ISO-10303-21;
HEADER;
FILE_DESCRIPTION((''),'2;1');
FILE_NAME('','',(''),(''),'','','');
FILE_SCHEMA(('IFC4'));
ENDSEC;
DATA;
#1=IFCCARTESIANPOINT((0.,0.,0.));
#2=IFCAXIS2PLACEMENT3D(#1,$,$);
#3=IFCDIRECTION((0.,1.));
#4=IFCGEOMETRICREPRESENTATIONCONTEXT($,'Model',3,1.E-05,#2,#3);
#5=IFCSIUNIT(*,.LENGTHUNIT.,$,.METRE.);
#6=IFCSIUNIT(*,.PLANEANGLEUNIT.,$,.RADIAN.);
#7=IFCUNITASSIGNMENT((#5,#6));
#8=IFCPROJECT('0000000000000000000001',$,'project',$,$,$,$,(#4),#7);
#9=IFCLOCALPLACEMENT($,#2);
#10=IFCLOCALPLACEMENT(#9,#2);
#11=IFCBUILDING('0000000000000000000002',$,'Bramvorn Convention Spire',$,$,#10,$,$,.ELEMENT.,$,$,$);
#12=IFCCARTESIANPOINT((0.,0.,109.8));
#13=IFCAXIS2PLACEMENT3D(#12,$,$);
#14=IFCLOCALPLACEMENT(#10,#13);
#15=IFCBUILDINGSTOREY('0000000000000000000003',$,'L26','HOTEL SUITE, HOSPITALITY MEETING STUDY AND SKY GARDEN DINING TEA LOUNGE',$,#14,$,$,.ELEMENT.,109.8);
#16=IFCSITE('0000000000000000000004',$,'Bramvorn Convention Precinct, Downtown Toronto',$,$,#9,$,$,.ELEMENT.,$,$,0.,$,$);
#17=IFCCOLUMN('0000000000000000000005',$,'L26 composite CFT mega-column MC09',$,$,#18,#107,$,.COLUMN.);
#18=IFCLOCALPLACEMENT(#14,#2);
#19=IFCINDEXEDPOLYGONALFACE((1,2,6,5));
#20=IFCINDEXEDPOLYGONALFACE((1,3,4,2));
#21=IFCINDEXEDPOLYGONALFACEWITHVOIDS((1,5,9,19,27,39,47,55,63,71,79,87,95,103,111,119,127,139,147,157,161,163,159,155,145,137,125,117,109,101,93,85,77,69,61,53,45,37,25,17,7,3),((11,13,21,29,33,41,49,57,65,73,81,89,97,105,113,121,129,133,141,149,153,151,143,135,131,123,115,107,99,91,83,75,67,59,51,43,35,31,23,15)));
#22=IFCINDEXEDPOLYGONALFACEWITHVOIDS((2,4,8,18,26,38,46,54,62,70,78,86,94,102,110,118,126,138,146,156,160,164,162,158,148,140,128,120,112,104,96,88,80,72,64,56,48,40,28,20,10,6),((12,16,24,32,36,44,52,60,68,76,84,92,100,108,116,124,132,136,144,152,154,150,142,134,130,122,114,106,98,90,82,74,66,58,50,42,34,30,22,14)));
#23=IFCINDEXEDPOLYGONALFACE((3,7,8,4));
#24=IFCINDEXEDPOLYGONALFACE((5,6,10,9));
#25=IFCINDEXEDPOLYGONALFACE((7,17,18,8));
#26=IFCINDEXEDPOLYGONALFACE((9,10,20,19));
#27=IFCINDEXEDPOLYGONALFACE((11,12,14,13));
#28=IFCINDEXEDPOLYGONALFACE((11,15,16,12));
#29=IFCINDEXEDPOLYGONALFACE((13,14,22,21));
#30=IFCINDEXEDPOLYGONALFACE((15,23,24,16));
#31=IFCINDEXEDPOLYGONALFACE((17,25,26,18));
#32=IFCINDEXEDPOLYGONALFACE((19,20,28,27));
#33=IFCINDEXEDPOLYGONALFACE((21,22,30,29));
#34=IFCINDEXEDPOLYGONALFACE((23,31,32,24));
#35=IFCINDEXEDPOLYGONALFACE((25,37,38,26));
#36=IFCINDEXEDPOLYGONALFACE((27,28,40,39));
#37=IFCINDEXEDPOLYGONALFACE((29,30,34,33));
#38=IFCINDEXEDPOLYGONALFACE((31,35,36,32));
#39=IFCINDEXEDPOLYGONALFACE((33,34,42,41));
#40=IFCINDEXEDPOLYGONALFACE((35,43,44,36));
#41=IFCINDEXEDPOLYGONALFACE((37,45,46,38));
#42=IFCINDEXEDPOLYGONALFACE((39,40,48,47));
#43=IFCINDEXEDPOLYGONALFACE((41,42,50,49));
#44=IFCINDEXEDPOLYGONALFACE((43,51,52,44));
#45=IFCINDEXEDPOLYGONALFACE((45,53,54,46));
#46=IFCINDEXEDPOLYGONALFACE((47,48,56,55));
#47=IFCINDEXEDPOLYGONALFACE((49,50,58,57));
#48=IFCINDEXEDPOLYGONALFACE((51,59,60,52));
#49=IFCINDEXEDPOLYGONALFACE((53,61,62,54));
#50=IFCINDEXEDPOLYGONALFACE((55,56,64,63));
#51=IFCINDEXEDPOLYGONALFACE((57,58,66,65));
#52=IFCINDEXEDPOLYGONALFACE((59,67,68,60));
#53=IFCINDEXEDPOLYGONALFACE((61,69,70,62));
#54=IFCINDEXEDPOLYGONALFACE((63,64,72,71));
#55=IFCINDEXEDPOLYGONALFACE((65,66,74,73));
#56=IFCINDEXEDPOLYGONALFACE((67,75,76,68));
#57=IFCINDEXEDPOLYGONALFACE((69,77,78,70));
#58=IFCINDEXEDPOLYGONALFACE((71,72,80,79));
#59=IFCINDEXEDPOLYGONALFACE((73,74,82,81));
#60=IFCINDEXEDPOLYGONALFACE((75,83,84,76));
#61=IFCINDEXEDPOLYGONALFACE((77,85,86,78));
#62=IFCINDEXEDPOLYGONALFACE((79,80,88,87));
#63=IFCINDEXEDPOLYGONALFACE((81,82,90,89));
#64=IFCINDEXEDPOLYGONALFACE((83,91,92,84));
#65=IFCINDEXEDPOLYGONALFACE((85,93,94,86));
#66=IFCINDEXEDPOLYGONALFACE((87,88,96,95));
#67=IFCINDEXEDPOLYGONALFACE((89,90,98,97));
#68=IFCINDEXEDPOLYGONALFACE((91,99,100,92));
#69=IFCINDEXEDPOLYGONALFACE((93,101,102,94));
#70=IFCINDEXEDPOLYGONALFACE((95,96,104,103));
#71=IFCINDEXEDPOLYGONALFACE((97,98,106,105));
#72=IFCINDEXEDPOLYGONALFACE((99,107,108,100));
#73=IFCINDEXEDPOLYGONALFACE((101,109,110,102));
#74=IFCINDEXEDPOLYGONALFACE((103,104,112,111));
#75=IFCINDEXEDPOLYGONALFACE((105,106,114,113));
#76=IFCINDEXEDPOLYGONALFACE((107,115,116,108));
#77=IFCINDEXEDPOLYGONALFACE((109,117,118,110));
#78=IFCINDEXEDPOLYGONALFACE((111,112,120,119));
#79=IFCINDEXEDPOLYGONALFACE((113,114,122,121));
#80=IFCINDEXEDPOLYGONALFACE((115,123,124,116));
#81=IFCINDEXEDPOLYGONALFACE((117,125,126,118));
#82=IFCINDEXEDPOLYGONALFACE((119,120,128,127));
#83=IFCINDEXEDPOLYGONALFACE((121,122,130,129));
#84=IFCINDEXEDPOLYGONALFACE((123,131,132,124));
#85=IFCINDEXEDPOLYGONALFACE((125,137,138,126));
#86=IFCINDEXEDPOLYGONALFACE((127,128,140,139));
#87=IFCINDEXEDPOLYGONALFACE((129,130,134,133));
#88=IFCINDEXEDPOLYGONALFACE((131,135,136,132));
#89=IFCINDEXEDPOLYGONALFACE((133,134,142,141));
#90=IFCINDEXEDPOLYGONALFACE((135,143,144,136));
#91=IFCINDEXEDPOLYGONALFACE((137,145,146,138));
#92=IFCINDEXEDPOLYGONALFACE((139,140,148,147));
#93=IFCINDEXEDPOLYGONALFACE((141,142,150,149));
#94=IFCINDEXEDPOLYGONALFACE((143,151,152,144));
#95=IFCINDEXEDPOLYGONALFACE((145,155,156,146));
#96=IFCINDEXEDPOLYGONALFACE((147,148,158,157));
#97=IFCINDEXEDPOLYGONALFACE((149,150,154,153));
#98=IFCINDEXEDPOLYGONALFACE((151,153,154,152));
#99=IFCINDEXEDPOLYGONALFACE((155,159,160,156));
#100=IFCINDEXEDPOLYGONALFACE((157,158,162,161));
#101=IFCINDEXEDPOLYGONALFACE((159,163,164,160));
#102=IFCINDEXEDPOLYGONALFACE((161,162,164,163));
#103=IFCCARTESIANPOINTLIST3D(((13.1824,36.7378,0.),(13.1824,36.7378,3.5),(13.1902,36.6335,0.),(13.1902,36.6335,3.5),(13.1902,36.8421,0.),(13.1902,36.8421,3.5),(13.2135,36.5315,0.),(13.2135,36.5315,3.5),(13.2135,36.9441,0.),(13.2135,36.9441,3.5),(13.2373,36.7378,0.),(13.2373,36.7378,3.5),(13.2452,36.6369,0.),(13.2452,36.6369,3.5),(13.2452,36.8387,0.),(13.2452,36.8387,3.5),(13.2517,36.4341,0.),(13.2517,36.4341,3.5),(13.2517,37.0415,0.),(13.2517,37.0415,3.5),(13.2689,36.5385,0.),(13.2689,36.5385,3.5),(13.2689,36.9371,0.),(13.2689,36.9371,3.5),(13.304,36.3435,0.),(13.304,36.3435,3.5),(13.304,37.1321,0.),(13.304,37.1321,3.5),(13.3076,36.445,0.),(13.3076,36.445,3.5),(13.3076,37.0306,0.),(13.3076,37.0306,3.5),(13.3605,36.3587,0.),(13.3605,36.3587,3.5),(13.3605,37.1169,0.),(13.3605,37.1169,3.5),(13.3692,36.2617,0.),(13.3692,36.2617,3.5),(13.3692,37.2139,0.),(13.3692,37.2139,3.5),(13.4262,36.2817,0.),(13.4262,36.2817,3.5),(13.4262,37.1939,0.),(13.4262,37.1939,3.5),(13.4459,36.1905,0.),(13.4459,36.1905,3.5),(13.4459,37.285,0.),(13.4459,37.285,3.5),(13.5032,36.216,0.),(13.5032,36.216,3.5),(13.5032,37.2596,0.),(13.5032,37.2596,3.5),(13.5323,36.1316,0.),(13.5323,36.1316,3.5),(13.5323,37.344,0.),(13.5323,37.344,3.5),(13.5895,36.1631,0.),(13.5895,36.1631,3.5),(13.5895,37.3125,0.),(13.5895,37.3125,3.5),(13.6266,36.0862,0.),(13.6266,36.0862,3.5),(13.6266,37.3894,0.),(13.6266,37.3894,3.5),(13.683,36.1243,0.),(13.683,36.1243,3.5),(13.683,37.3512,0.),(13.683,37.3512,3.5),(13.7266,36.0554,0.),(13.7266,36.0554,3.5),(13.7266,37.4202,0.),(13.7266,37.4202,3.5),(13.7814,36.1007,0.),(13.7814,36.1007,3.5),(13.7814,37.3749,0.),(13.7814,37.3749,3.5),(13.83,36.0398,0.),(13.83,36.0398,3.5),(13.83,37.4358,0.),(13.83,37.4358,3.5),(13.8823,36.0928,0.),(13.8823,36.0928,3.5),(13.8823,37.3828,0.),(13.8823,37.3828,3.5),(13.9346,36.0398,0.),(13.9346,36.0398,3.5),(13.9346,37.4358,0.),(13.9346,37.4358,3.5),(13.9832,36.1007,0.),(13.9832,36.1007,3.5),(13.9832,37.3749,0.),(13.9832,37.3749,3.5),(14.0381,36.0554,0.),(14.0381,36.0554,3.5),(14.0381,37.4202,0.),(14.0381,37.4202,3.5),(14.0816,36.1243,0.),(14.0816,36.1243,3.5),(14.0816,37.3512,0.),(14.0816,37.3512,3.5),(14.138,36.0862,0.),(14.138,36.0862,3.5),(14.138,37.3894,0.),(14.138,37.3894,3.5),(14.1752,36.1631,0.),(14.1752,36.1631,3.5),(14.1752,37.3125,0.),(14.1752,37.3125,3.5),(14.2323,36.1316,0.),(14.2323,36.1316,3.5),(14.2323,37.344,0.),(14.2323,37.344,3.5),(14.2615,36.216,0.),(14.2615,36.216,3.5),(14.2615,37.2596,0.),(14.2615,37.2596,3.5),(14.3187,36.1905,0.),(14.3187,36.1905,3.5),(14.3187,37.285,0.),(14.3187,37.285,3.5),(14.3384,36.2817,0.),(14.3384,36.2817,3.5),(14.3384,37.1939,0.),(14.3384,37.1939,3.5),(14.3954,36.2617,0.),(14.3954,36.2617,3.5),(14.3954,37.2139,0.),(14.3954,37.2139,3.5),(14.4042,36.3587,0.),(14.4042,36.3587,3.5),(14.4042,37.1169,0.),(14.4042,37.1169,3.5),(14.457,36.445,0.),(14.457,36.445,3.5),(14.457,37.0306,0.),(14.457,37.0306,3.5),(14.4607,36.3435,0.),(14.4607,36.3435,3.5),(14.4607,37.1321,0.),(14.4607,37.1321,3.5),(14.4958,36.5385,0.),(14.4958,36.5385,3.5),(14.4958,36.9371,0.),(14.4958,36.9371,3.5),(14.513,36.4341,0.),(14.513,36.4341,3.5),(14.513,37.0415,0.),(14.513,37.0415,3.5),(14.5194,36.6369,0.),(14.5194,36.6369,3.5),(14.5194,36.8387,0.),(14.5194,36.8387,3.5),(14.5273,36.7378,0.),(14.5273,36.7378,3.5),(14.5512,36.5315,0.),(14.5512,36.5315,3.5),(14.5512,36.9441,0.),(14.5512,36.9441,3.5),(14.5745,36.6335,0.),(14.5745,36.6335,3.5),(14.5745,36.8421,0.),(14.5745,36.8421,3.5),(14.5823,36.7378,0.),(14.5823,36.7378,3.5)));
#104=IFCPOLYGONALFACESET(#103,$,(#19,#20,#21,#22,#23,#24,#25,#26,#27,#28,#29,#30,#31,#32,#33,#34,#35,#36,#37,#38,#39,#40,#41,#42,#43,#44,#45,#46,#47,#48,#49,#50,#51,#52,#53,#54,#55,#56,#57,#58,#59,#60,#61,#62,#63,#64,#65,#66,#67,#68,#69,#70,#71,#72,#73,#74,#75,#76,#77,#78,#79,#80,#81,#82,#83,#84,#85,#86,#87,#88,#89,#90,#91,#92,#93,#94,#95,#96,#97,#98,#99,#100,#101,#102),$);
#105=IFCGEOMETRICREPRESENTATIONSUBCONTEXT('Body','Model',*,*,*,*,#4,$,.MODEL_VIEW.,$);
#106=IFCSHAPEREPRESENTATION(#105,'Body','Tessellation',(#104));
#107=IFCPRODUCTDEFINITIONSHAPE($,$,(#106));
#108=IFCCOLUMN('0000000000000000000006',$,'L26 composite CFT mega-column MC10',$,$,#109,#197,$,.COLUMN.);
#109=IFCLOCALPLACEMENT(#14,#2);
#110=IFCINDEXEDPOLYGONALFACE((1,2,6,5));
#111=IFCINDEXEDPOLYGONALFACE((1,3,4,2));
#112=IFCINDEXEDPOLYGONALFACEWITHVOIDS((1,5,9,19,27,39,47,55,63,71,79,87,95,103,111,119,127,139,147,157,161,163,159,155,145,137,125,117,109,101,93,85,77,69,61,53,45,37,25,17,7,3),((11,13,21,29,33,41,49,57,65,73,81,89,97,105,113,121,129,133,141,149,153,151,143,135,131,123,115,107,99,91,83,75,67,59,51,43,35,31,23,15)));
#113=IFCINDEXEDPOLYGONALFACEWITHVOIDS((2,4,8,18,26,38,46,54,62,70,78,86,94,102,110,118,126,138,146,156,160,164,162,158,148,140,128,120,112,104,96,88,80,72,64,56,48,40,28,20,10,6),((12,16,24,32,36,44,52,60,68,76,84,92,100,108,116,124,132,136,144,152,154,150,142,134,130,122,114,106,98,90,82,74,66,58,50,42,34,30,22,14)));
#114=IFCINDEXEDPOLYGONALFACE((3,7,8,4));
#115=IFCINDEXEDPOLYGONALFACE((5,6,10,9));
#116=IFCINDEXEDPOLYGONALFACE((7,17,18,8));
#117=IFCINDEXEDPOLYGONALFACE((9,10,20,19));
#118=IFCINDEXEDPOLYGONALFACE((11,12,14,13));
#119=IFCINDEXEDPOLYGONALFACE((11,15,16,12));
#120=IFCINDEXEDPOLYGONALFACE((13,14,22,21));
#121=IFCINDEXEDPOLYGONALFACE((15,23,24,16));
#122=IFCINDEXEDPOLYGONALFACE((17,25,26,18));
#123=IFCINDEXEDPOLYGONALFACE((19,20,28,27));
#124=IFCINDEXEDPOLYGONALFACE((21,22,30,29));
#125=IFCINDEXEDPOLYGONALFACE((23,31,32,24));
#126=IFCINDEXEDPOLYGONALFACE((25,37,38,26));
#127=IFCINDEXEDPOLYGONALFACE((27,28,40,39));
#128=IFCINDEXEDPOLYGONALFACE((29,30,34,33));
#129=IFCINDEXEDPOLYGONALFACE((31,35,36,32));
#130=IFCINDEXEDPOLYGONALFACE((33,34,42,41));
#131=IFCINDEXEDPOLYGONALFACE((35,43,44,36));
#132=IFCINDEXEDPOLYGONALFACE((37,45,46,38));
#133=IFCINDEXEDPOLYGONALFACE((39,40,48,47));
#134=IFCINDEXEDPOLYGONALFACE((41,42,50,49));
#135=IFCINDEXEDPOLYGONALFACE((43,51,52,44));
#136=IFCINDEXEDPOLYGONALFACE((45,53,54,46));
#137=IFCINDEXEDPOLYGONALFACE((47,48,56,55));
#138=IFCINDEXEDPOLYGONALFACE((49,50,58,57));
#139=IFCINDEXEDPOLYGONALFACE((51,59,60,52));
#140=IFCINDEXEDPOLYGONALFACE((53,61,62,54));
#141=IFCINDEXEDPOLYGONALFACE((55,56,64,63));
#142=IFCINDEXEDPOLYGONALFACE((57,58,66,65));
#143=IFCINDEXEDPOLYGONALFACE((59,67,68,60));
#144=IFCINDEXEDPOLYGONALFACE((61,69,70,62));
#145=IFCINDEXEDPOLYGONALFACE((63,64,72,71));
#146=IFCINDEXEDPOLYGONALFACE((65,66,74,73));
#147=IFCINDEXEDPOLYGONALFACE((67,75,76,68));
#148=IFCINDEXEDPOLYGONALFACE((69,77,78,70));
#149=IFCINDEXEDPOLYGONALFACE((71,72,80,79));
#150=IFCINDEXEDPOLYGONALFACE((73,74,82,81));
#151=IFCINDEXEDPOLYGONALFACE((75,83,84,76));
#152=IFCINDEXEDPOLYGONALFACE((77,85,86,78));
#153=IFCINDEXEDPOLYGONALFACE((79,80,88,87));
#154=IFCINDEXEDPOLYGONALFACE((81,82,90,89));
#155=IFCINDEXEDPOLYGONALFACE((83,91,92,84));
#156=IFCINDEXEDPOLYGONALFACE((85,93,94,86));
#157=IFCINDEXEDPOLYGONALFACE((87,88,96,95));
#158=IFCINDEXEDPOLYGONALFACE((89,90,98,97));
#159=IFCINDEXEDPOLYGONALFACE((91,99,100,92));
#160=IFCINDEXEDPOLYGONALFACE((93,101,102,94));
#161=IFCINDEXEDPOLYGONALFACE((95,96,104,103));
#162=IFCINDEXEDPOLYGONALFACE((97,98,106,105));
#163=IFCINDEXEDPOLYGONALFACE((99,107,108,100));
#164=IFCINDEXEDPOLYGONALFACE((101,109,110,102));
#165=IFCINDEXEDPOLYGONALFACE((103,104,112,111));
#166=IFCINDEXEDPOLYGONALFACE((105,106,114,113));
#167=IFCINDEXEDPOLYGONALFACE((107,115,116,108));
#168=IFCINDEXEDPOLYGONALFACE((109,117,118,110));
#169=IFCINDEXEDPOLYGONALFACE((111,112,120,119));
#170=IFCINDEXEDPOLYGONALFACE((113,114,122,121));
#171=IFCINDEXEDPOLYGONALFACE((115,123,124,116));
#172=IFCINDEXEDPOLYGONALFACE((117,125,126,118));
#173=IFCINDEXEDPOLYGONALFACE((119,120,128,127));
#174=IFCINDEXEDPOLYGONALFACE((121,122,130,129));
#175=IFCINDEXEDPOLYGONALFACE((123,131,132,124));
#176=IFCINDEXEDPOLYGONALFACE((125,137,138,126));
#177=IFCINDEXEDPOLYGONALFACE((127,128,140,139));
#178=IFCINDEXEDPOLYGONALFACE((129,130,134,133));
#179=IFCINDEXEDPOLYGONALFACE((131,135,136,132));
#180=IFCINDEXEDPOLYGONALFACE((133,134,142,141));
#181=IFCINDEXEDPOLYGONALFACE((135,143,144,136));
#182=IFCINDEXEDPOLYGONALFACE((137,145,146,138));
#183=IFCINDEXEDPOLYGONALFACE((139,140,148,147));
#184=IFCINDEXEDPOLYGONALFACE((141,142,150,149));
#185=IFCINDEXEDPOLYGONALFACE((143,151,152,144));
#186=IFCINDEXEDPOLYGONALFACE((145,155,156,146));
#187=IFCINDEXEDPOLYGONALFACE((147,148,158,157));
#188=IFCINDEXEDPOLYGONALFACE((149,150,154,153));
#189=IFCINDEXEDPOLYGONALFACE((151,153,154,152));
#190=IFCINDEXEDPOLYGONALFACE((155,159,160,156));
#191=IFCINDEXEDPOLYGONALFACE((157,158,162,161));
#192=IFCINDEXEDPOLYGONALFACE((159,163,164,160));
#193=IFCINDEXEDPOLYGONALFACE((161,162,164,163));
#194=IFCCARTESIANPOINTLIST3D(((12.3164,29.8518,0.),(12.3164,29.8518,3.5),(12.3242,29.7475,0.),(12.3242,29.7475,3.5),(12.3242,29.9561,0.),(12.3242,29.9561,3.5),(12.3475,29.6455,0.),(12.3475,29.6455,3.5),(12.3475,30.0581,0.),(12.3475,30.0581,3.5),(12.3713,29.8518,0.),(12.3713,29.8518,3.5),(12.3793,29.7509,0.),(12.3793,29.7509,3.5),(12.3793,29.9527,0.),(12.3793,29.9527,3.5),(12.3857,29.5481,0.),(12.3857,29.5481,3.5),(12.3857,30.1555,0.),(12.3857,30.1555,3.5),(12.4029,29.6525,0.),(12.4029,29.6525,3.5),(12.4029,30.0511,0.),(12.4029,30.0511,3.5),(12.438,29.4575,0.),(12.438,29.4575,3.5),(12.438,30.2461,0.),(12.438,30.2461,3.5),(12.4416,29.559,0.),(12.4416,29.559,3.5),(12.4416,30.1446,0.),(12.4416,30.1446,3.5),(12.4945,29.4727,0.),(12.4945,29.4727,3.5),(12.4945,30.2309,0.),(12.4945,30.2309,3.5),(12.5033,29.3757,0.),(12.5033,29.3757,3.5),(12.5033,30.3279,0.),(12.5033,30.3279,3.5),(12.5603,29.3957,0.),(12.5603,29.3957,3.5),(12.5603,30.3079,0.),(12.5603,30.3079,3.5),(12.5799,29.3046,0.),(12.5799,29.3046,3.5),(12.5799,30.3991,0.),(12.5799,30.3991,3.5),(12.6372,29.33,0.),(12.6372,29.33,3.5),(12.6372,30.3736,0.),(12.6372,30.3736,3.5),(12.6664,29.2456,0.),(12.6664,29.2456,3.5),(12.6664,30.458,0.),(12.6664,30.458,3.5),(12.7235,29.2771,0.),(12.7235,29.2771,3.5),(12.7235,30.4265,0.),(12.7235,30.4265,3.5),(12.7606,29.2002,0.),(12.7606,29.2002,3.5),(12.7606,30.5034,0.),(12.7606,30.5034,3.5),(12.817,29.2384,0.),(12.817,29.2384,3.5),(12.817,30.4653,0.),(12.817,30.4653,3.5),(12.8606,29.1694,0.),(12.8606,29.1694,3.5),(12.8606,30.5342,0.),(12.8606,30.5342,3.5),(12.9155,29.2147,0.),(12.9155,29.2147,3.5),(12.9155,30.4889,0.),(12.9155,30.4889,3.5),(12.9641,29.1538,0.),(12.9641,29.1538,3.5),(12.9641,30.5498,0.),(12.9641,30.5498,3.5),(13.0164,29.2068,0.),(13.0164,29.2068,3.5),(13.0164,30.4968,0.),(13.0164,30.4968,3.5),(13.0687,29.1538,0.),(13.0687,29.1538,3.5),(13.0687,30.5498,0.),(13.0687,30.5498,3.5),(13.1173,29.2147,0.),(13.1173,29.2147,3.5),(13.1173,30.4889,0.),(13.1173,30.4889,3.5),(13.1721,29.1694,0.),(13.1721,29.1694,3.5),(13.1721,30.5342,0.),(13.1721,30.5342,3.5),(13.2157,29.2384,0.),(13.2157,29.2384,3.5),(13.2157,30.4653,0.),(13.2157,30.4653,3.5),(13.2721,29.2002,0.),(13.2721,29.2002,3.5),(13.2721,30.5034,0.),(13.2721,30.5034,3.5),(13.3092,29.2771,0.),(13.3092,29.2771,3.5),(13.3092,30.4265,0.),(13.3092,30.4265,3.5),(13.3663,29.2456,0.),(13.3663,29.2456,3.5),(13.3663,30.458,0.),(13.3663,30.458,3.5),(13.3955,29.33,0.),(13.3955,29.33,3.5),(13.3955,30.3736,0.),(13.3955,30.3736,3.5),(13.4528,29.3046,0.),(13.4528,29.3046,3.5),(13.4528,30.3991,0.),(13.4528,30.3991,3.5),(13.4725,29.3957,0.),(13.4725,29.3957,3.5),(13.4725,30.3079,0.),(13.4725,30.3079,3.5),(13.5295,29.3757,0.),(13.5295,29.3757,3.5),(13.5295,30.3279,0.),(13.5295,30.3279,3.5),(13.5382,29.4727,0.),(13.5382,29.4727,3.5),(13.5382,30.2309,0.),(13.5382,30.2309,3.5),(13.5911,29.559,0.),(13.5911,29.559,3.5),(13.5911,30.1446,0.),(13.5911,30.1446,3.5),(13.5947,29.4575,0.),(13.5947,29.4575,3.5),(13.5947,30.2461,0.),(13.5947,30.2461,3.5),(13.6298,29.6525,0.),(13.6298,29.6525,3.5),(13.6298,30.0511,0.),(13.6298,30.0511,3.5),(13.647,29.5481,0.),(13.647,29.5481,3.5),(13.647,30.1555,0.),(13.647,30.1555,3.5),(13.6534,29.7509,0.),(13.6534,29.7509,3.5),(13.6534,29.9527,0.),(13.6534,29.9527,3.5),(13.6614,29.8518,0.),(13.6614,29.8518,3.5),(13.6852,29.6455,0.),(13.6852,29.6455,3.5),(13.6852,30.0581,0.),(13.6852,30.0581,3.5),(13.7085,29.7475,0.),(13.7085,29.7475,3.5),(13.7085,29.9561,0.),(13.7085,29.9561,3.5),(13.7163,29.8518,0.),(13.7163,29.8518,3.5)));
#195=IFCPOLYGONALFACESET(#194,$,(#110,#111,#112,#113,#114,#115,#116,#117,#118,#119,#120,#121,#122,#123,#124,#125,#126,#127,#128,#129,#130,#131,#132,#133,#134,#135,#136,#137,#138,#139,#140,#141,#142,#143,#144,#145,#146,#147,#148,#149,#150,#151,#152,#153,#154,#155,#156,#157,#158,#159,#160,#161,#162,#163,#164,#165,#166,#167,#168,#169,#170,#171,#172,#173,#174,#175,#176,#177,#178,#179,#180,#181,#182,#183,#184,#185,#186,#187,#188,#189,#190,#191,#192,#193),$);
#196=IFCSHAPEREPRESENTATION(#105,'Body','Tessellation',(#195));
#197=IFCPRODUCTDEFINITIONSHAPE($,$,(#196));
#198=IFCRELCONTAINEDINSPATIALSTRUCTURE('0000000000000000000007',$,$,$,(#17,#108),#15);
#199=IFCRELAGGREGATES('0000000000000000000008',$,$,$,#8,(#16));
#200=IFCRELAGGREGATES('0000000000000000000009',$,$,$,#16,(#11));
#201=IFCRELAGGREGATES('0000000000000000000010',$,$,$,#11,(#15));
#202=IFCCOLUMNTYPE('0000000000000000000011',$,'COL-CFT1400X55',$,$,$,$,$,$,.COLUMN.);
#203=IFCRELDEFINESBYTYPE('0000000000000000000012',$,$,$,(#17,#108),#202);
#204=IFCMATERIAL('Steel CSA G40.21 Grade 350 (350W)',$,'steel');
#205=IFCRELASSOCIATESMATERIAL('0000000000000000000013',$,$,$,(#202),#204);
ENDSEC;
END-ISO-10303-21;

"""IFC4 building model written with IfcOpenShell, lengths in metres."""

from ifc_helpers import new_model, si_unit, direction, frame, origin, origin_2d, place, context, subcontext, project, spatial, hollow_circle, extrude, material, material_profile, profile_set, type_object, element, save


model = new_model("IFC4")

# Units and contexts
model_context = context("Model", 3, precision=1e-05, world=origin(), true_north=direction((0.0, 1.0)))
body_context = subcontext(model_context, "Body", "Model", "MODEL_VIEW")
ifc_project = project(units=[si_unit("LENGTHUNIT", "METRE"), si_unit("PLANEANGLEUNIT", "RADIAN")], contexts=[model_context])

# Site, building, storey
site_placement = place(None, origin())
site = spatial("IfcSite", under=ifc_project, at=site_placement, Name="Bramvorn Convention Precinct, Downtown Toronto", CompositionType="ELEMENT", RefElevation=0.0)
building_placement = place(site_placement, origin())
building = spatial("IfcBuilding", under=site, at=building_placement, Name="Bramvorn Convention Spire", CompositionType="ELEMENT")
storey_placement = place(building_placement, frame((0.0, 0.0, 109.8)))
storey = spatial("IfcBuildingStorey", under=building, at=storey_placement, Name="L26", Description="HOTEL SUITE, HOSPITALITY MEETING STUDY AND SKY GARDEN DINING TEA LOUNGE", CompositionType="ELEMENT", Elevation=109.8)

# Columns
ifc_material_1 = material(Name="Steel CSA G40.21 Grade 350 (350W)", Category="steel")
ifc_material_profile_1 = material_profile(ifc_material_1, hollow_circle(Radius=0.7, WallThickness=0.0549, at=origin_2d()))
ifc_profile_set_1 = profile_set([ifc_material_profile_1], Name="Steel CSA G40.21 Grade 350 (350W) - CFT1400X55")
column_type = type_object("IfcColumnType", Name="COL-CFT1400X55", PredefinedType="COLUMN", material=ifc_profile_set_1)
for number, where, z_axis, x_axis, name in (
    (1, (13.8823, 36.7378, 0.0), (0.0, 0.0, 1.0), (1.0, 0.0, 0.0), "L26 composite CFT mega-column MC09"),
    (2, (13.0164, 29.8518, 0.0), (0.0, 0.0, 1.0), (1.0, 0.0, 0.0), "L26 composite CFT mega-column MC10"),
):
    element("IfcColumn", number, at=place(storey_placement, frame(where, z_axis=z_axis, x_axis=x_axis)), inside=storey, type_object=column_type, Name=name, PredefinedType="COLUMN", context=body_context, shape_type="SweptSolid", body=[
        extrude(hollow_circle(Radius=0.7, WallThickness=0.0549, at=origin_2d()), origin(), (0.0, 0.0, 1.0), 3.5),
    ])

save(model, "model.ifc")
